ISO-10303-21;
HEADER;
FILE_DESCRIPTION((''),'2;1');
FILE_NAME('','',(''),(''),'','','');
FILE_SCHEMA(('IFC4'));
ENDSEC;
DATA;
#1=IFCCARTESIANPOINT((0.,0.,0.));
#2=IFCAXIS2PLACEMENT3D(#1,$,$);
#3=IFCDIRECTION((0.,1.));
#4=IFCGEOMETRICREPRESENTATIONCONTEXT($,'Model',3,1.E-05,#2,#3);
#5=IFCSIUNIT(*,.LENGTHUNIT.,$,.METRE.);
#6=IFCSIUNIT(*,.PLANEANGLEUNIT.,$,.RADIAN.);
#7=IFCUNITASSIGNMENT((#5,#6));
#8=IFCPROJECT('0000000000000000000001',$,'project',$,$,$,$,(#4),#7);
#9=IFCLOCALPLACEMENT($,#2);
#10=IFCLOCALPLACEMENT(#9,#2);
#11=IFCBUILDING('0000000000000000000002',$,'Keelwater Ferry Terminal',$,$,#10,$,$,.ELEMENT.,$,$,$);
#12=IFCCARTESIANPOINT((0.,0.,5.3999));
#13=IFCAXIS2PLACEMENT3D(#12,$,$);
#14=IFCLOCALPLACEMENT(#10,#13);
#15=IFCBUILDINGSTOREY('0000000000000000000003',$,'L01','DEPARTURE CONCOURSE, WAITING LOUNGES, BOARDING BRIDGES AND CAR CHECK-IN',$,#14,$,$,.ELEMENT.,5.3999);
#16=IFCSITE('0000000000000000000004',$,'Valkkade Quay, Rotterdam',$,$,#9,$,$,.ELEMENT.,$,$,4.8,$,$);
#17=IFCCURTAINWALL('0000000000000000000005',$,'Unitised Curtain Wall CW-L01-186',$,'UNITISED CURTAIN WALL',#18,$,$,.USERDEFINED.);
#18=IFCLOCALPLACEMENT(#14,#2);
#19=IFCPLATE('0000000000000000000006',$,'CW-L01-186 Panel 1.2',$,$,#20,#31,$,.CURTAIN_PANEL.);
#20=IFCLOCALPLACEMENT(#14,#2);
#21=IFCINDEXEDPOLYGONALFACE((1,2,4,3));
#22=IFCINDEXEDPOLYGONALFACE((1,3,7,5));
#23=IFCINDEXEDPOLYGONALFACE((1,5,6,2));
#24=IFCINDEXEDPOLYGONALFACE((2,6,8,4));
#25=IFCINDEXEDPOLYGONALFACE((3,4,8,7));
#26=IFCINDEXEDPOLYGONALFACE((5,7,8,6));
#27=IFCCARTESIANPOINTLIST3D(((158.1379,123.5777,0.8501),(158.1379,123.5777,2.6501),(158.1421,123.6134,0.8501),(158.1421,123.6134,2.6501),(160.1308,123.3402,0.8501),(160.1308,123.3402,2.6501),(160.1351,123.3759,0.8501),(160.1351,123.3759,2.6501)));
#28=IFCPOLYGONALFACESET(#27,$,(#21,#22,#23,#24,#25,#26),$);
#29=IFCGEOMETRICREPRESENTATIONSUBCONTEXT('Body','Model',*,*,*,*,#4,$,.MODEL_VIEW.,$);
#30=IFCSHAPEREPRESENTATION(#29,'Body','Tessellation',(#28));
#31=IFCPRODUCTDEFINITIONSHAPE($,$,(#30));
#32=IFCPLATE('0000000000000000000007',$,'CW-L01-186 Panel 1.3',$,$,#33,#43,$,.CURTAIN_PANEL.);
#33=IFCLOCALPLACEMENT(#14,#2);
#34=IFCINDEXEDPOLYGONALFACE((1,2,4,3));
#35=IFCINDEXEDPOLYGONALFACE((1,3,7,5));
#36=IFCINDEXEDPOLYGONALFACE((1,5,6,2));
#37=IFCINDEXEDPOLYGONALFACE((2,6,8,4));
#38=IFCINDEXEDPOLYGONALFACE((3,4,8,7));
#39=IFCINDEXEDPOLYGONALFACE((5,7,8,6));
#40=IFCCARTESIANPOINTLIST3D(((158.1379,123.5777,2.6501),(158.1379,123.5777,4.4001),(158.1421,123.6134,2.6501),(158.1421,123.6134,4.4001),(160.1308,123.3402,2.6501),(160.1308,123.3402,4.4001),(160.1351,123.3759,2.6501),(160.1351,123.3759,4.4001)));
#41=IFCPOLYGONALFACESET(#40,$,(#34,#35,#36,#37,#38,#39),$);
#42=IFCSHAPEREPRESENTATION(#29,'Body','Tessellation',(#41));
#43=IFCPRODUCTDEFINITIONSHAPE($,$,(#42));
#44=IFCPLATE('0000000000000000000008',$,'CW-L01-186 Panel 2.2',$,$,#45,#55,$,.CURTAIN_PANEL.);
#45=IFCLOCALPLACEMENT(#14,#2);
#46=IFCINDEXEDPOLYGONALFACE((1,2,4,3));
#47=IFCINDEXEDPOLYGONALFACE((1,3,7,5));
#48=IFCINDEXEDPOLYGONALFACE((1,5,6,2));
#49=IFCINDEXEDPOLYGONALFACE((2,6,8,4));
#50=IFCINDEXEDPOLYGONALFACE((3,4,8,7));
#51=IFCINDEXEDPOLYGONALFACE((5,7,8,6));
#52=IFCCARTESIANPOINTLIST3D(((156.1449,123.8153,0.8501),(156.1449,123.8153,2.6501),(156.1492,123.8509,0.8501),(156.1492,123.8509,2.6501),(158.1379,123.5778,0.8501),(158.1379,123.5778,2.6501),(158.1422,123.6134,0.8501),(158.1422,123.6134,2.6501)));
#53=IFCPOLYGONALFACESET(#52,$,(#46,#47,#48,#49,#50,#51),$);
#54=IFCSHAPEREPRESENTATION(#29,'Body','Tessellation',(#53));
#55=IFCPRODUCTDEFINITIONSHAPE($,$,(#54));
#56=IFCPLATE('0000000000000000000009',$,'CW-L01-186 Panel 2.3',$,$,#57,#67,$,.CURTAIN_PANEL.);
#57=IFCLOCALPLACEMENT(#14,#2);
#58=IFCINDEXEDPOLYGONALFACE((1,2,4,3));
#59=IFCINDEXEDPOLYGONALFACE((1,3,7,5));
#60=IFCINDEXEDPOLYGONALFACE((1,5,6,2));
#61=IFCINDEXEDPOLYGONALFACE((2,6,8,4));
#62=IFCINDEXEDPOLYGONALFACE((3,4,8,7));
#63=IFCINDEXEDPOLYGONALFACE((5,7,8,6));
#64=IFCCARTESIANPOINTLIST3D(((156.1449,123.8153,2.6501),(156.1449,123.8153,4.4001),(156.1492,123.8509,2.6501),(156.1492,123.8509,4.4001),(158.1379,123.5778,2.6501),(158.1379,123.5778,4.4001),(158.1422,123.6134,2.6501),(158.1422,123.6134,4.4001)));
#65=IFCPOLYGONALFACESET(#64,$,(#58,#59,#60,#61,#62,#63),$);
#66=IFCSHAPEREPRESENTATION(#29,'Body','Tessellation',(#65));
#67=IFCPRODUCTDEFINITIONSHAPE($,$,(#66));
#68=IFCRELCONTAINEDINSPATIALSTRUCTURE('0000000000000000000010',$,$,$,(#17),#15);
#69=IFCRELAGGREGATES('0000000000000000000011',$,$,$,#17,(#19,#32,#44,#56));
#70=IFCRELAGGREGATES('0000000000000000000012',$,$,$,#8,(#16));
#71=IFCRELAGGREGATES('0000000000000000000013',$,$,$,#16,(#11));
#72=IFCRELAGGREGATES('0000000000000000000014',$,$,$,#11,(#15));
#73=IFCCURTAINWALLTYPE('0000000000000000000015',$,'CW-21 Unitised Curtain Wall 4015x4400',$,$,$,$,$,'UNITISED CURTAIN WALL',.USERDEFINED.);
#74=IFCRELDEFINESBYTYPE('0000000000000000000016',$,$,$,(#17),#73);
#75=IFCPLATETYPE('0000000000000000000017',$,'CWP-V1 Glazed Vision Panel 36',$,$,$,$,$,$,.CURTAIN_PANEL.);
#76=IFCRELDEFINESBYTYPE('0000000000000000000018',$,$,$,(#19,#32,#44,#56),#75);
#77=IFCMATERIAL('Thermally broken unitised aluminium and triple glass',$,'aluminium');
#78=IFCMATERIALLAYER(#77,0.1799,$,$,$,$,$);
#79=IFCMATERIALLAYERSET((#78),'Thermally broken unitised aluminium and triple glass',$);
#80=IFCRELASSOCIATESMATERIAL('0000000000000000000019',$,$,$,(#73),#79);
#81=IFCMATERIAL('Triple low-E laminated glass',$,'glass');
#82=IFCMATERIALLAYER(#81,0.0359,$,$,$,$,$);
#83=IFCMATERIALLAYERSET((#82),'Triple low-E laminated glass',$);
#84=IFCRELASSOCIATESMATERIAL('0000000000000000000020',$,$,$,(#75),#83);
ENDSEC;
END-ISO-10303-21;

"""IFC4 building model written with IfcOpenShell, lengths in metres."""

from ifc_helpers import new_model, si_unit, direction, frame, origin, origin_2d, place, context, subcontext, project, spatial, rectangle, extrude, material, layer, layer_set, type_object, element, aggregate, save


model = new_model("IFC4")

# Units and contexts
model_context = context("Model", 3, precision=1e-05, world=origin(), true_north=direction((0.0, 1.0)))
body_context = subcontext(model_context, "Body", "Model", "MODEL_VIEW")
ifc_project = project(units=[si_unit("LENGTHUNIT", "METRE"), si_unit("PLANEANGLEUNIT", "RADIAN")], contexts=[model_context])

# Site, building, storey
site_placement = place(None, origin())
site = spatial("IfcSite", under=ifc_project, at=site_placement, Name="Valkkade Quay, Rotterdam", CompositionType="ELEMENT", RefElevation=4.8)
building_placement = place(site_placement, origin())
building = spatial("IfcBuilding", under=site, at=building_placement, Name="Keelwater Ferry Terminal", CompositionType="ELEMENT")
storey_placement = place(building_placement, frame((0.0, 0.0, 5.3999)))
storey = spatial("IfcBuildingStorey", under=building, at=storey_placement, Name="L01", Description="DEPARTURE CONCOURSE, WAITING LOUNGES, BOARDING BRIDGES AND CAR CHECK-IN", CompositionType="ELEMENT", Elevation=5.3999)

# Curtain wall
ifc_material_1 = material(Name="Thermally broken unitised aluminium and triple glass", Category="aluminium")
ifc_layer_1 = layer(ifc_material_1, 0.1799)
ifc_layer_set_1 = layer_set([ifc_layer_1], Name="Thermally broken unitised aluminium and triple glass")
curtain_wall_type = type_object("IfcCurtainWallType", Name="CW-21 Unitised Curtain Wall 4015x4400", ElementType="UNITISED CURTAIN WALL", PredefinedType="USERDEFINED", material=ifc_layer_set_1)
curtain_wall_1_placement = place(storey_placement, origin())
curtain_wall_1 = element("IfcCurtainWall", 1, at=curtain_wall_1_placement, inside=storey, type_object=curtain_wall_type, Name="Unitised Curtain Wall CW-L01-186", ObjectType="UNITISED CURTAIN WALL", PredefinedType="USERDEFINED")

# Plates
ifc_material_2 = material(Name="Triple low-E laminated glass", Category="glass")
ifc_layer_2 = layer(ifc_material_2, 0.0359)
ifc_layer_set_2 = layer_set([ifc_layer_2], Name="Triple low-E laminated glass")
plate_type_1 = type_object("IfcPlateType", Name="CWP-V1 Glazed Vision Panel 36", PredefinedType="CURTAIN_PANEL", material=ifc_layer_set_2)
plate_1_placement = place(storey_placement, frame((159.1365, 123.4768, 0.8501), z_axis=(0.0, 0.0, 1.0), x_axis=(-0.992974, 0.11833, 0.0)))
plate_1 = element("IfcPlate", 2, at=plate_1_placement, type_object=plate_type_1, Name="CW-L01-186 Panel 1.2", PredefinedType="CURTAIN_PANEL", context=body_context, shape_type="SweptSolid", body=[
    extrude(rectangle(XDim=2.0071, YDim=0.0359, at=origin_2d()), origin(), (0.0, 0.0, 1.0), 1.8),
])
plate_2_placement = place(storey_placement, frame((159.1365, 123.4768, 2.6501), z_axis=(0.0, 0.0, 1.0), x_axis=(-0.992974, 0.11833, 0.0)))
plate_2 = element("IfcPlate", 3, at=plate_2_placement, type_object=plate_type_1, Name="CW-L01-186 Panel 1.3", PredefinedType="CURTAIN_PANEL", context=body_context, shape_type="SweptSolid", body=[
    extrude(rectangle(XDim=2.0071, YDim=0.0359, at=origin_2d()), origin(), (0.0, 0.0, 1.0), 1.75),
])
plate_3_placement = place(storey_placement, frame((157.1436, 123.7144, 0.8501), z_axis=(0.0, 0.0, 1.0), x_axis=(-0.992974, 0.11833, 0.0)))
plate_3 = element("IfcPlate", 4, at=plate_3_placement, type_object=plate_type_1, Name="CW-L01-186 Panel 2.2", PredefinedType="CURTAIN_PANEL", context=body_context, shape_type="SweptSolid", body=[
    extrude(rectangle(XDim=2.0071, YDim=0.0359, at=origin_2d()), origin(), (0.0, 0.0, 1.0), 1.8),
])
plate_4_placement = place(storey_placement, frame((157.1436, 123.7144, 2.6501), z_axis=(0.0, 0.0, 1.0), x_axis=(-0.992974, 0.11833, 0.0)))
plate_4 = element("IfcPlate", 5, at=plate_4_placement, type_object=plate_type_1, Name="CW-L01-186 Panel 2.3", PredefinedType="CURTAIN_PANEL", context=body_context, shape_type="SweptSolid", body=[
    extrude(rectangle(XDim=2.0071, YDim=0.0359, at=origin_2d()), origin(), (0.0, 0.0, 1.0), 1.75),
])
aggregate(curtain_wall_1, [plate_1, plate_2, plate_3, plate_4])

save(model, "model.ifc")
